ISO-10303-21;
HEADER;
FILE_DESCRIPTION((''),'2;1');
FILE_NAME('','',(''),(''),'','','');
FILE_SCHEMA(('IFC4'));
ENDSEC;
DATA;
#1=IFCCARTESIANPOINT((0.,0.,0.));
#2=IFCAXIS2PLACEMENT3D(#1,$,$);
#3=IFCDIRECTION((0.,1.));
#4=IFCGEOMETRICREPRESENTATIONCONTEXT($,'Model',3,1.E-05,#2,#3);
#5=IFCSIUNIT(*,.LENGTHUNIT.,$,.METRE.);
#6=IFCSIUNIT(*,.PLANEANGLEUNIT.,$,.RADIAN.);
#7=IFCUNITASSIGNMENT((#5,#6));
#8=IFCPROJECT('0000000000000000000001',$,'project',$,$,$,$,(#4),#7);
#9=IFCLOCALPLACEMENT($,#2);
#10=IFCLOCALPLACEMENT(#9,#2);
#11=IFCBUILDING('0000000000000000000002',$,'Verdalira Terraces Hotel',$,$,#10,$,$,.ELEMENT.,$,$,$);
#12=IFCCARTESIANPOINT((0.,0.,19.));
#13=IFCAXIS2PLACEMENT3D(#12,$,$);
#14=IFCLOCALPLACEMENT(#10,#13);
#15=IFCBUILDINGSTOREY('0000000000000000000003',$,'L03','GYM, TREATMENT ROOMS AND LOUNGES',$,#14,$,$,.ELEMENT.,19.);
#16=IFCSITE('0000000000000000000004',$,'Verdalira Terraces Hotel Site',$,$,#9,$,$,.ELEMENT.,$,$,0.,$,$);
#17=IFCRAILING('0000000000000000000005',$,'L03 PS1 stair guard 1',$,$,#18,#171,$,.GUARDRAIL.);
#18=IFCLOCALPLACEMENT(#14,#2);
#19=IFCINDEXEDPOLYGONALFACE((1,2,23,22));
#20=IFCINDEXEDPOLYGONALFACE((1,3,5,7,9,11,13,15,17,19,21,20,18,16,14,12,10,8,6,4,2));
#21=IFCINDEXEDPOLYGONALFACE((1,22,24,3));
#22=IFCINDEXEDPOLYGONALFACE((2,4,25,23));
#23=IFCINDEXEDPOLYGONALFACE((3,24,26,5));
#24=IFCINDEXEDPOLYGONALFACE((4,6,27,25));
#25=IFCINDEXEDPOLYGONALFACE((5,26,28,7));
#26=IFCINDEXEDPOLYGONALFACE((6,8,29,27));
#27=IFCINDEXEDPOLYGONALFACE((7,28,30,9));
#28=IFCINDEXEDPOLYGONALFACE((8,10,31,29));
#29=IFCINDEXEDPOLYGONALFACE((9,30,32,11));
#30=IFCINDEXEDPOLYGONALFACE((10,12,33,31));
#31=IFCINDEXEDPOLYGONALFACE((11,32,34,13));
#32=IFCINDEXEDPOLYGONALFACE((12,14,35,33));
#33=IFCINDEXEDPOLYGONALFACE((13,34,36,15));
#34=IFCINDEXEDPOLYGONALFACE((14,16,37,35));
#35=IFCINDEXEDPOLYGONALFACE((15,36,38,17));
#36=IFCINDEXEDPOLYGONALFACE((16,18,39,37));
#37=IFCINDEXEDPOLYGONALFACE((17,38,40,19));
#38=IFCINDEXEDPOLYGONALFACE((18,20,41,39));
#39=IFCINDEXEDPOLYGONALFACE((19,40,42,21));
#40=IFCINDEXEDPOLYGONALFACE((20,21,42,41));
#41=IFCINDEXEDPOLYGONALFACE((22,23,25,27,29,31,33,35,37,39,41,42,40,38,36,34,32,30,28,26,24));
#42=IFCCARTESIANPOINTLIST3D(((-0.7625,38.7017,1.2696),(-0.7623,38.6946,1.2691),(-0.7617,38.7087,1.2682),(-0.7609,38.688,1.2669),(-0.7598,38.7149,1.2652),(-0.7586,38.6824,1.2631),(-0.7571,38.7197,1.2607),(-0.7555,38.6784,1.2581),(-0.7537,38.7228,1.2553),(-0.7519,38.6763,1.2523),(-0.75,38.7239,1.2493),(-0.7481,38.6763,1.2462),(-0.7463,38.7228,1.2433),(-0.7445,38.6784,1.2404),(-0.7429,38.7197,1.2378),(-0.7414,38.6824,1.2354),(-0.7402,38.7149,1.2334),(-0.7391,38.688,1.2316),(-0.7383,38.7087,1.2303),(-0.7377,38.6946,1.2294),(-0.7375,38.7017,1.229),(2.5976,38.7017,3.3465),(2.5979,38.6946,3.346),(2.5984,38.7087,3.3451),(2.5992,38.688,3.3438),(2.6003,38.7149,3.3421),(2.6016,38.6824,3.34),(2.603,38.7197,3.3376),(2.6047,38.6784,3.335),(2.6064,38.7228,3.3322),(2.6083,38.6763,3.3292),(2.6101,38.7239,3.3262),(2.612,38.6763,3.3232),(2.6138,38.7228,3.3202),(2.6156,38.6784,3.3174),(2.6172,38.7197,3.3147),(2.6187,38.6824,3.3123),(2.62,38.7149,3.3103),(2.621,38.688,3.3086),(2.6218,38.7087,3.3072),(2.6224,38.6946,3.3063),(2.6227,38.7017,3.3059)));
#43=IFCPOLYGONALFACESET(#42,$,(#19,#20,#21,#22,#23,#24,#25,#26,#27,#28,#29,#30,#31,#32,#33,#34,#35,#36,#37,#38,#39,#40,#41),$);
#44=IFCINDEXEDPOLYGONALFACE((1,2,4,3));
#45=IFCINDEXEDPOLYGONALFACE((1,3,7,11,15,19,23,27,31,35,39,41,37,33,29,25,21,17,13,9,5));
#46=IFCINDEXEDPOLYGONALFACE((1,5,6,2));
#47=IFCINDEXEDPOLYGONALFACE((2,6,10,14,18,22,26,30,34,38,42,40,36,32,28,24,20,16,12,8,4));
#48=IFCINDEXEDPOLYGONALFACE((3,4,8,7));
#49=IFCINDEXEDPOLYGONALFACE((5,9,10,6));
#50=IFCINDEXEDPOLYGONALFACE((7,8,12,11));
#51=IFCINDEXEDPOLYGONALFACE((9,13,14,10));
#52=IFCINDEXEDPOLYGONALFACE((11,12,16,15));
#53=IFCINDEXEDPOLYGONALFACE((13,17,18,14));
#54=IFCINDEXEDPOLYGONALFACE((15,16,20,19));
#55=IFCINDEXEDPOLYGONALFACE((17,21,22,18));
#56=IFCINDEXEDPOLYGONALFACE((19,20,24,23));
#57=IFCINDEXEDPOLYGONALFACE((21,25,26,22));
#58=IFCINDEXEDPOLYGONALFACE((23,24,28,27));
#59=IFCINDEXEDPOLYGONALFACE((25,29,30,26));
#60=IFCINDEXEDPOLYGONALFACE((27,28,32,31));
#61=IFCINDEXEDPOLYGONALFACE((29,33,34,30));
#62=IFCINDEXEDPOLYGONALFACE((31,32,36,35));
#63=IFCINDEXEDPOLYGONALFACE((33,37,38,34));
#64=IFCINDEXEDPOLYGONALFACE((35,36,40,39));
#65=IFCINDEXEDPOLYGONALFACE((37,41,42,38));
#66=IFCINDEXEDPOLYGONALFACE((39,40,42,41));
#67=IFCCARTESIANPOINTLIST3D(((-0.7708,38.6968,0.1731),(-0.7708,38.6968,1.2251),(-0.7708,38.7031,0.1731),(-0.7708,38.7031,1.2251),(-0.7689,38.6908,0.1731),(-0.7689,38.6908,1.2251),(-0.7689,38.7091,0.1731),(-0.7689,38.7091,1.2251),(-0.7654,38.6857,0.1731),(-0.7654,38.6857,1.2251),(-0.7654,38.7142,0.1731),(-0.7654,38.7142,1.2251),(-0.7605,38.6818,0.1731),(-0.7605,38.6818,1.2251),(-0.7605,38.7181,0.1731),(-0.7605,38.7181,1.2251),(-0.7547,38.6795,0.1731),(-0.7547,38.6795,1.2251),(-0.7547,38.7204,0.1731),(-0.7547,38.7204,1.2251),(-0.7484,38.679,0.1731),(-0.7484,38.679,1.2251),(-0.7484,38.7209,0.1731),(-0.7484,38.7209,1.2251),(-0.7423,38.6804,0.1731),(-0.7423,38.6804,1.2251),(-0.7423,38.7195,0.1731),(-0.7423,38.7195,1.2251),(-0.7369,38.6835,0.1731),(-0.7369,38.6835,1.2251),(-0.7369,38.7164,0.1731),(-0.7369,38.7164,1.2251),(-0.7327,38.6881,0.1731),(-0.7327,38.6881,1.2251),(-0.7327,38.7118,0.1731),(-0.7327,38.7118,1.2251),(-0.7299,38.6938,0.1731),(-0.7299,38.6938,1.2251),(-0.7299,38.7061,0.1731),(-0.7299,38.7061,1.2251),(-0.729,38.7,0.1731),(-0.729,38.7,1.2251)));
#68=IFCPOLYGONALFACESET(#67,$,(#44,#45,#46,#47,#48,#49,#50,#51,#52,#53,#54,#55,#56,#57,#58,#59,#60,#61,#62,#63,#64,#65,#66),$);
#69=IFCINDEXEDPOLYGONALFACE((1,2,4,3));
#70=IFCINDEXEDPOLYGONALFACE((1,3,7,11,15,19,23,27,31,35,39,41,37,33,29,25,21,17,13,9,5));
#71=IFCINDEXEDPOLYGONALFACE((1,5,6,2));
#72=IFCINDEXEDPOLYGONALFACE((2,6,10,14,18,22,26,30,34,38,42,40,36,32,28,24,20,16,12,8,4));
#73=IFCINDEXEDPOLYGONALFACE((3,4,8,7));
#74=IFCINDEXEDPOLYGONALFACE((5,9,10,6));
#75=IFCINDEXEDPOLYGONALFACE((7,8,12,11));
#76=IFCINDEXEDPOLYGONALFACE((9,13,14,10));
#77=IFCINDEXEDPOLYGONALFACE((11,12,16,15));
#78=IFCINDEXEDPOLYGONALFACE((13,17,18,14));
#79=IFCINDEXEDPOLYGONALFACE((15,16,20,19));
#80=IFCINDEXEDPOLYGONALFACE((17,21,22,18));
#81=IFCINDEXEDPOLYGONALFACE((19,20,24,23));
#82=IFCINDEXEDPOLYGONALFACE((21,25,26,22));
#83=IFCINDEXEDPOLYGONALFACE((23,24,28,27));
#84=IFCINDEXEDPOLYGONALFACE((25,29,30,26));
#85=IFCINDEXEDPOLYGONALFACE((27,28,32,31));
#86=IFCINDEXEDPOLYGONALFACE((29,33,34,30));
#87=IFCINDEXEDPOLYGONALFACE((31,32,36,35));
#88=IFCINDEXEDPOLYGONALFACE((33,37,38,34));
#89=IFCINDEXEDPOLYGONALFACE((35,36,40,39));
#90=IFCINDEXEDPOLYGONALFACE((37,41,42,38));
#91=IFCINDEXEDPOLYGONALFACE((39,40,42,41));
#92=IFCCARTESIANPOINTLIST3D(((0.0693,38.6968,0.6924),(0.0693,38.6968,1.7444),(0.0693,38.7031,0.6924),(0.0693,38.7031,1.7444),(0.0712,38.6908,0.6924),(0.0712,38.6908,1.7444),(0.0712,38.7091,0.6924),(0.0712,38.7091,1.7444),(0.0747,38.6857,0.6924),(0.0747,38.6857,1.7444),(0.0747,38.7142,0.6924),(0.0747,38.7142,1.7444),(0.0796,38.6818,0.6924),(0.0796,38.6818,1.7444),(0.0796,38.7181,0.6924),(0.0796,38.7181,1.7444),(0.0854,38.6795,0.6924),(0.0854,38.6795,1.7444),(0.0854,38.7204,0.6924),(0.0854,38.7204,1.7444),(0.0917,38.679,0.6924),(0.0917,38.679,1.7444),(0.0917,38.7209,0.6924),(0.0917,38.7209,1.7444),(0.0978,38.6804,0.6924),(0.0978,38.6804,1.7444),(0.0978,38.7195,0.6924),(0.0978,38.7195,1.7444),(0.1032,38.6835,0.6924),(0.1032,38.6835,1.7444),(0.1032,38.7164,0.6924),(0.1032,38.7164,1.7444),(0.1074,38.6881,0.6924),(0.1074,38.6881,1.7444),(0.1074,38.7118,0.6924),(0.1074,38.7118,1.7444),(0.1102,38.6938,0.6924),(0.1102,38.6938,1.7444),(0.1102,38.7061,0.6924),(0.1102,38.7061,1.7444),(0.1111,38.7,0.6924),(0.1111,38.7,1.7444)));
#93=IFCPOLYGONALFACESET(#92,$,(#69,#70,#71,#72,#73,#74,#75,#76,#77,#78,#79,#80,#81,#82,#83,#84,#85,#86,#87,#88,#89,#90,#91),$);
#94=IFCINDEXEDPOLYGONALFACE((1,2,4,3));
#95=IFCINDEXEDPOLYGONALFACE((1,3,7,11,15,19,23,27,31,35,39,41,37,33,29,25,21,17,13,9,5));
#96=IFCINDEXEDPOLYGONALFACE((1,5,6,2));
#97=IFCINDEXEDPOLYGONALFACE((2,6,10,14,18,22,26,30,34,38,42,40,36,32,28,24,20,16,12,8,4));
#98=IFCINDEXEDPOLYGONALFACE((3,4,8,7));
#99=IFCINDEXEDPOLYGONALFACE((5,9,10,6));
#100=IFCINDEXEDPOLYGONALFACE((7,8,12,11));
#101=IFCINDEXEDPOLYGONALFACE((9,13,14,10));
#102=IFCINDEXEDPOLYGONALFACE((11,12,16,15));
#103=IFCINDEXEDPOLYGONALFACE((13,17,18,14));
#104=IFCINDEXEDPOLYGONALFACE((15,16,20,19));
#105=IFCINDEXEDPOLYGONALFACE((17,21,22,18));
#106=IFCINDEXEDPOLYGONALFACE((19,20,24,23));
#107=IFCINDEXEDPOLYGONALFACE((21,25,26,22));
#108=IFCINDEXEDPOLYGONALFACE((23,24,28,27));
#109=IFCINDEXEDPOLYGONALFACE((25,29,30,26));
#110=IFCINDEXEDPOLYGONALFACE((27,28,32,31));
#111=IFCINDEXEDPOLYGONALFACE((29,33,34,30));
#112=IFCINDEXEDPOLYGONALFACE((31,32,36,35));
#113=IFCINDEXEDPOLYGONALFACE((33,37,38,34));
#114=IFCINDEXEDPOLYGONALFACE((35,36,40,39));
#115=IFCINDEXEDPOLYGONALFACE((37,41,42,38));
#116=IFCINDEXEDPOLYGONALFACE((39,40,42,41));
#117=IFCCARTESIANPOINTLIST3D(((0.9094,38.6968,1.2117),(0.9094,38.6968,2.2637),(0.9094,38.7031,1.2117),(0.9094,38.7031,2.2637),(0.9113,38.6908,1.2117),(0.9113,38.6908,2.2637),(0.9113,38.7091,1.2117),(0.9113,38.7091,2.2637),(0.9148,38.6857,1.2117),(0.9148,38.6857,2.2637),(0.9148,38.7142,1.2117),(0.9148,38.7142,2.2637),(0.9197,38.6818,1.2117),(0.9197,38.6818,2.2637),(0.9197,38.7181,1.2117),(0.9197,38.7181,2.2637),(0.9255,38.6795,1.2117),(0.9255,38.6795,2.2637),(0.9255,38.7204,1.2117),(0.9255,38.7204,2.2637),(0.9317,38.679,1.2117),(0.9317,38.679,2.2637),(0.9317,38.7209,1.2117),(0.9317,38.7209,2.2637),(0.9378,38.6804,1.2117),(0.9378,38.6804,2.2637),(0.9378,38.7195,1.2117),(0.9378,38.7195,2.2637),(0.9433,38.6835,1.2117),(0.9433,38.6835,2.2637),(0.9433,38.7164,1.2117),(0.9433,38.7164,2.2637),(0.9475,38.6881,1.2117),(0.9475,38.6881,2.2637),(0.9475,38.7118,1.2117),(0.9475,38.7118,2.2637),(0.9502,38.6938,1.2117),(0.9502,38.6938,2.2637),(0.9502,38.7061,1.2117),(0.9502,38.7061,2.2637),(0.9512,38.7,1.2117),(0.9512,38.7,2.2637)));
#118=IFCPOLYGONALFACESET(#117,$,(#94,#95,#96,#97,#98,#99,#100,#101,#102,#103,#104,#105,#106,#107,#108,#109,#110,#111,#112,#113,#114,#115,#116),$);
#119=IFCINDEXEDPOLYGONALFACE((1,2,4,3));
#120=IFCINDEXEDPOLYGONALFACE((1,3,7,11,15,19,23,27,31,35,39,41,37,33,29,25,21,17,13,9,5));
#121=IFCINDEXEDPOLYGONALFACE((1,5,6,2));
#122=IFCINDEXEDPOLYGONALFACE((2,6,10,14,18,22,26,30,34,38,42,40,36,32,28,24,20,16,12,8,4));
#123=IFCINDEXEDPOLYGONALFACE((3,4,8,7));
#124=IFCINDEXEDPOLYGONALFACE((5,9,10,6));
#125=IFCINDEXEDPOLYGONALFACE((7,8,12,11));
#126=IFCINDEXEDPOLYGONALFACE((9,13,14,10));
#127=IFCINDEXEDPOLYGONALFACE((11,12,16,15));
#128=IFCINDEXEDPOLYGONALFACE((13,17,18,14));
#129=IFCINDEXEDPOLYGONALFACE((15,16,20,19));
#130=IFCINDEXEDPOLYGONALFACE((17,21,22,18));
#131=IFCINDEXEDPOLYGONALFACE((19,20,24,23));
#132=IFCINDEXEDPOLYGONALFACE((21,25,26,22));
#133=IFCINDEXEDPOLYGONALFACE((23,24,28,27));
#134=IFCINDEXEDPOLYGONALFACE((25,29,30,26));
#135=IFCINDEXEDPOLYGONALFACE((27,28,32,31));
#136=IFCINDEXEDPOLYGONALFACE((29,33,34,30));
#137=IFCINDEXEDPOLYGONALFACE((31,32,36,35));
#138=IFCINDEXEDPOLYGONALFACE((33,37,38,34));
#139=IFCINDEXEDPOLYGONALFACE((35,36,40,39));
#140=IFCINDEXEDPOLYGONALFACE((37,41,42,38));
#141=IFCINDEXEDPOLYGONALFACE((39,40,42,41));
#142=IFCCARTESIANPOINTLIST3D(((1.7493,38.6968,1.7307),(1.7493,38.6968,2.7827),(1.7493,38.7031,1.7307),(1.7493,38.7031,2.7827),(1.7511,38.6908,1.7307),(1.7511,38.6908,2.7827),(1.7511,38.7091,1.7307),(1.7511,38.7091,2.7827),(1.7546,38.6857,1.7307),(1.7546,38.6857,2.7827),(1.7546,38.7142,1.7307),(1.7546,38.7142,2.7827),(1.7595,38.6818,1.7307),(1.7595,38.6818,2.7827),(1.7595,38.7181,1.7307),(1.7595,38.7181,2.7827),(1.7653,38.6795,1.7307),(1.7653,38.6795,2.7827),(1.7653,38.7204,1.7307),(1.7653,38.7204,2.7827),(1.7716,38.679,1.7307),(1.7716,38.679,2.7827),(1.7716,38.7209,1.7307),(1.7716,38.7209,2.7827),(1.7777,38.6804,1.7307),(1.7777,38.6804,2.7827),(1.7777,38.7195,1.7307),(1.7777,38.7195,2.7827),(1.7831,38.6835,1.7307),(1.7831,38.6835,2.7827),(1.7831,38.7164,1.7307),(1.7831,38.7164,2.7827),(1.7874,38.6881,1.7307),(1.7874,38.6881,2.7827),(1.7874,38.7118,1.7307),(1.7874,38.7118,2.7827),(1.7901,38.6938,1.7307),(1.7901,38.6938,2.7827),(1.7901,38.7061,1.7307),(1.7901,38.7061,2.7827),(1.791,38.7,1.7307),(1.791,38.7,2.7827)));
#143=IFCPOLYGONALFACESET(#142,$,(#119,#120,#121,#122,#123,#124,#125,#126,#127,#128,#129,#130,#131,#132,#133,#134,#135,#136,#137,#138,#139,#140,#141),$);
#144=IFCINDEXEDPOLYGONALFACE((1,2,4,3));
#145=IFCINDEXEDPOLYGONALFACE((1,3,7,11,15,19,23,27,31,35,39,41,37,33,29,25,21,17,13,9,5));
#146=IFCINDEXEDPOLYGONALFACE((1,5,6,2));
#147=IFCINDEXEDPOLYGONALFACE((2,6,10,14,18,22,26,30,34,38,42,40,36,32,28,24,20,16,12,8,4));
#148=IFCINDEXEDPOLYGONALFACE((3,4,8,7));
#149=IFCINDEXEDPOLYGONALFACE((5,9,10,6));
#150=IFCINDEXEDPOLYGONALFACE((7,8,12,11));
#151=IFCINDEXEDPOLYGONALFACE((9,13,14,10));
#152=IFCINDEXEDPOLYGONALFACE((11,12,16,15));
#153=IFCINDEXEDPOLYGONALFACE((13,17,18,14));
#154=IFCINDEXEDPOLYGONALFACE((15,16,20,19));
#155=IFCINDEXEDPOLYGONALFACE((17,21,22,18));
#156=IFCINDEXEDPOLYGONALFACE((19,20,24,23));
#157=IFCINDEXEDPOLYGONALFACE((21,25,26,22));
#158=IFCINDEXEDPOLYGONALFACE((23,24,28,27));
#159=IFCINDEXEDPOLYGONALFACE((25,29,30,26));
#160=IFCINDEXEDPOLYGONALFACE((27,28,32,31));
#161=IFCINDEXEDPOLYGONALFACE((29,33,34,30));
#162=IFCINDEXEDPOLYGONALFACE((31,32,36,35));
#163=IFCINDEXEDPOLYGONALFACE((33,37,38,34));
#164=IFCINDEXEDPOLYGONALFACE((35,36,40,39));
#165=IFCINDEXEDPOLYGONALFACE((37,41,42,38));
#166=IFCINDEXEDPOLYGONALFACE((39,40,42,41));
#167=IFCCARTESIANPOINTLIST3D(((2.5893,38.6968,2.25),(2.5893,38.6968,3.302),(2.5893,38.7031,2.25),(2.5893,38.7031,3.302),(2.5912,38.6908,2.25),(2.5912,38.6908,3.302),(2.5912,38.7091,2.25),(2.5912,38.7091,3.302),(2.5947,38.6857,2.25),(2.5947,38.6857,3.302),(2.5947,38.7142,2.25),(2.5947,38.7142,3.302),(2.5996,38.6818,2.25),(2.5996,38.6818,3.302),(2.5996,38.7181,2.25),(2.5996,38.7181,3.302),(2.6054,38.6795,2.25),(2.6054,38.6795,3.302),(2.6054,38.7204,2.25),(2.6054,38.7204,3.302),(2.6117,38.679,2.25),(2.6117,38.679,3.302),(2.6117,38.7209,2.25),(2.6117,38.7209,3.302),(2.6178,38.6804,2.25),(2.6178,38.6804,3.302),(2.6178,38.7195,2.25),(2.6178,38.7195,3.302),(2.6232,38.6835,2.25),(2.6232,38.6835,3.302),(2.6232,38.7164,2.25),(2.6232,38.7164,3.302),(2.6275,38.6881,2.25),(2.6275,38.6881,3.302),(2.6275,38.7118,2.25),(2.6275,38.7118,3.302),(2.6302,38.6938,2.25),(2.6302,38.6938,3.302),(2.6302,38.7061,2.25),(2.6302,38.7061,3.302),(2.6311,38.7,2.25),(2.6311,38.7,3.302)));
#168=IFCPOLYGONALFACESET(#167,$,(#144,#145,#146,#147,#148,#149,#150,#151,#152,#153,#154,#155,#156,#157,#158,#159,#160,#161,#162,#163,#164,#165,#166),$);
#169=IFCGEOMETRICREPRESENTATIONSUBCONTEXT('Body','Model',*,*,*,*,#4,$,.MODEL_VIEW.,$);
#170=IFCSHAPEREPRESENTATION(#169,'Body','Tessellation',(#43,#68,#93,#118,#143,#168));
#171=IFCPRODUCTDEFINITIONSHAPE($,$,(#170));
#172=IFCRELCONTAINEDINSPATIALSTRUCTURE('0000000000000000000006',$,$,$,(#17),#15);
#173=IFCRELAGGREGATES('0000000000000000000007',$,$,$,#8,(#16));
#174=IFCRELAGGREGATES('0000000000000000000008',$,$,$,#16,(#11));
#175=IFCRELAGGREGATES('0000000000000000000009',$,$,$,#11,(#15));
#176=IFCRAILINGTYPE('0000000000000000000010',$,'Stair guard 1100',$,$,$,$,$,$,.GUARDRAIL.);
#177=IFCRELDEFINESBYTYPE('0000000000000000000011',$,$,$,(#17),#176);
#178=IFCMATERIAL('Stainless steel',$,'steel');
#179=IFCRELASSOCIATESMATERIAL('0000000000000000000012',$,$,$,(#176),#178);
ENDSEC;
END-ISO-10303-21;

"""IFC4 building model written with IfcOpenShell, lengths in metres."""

from ifc_helpers import new_model, si_unit, direction, frame, origin, origin_2d, place, context, subcontext, project, spatial, circle, extrude, material, type_object, element, save


model = new_model("IFC4")

# Units and contexts
model_context = context("Model", 3, precision=1e-05, world=origin(), true_north=direction((0.0, 1.0)))
body_context = subcontext(model_context, "Body", "Model", "MODEL_VIEW")
ifc_project = project(units=[si_unit("LENGTHUNIT", "METRE"), si_unit("PLANEANGLEUNIT", "RADIAN")], contexts=[model_context])

# Site, building, storey
site_placement = place(None, origin())
site = spatial("IfcSite", under=ifc_project, at=site_placement, Name="Verdalira Terraces Hotel Site", CompositionType="ELEMENT", RefElevation=0.0)
building_placement = place(site_placement, origin())
building = spatial("IfcBuilding", under=site, at=building_placement, Name="Verdalira Terraces Hotel", CompositionType="ELEMENT")
storey_placement = place(building_placement, frame((0.0, 0.0, 19.0)))
storey = spatial("IfcBuildingStorey", under=building, at=storey_placement, Name="L03", Description="GYM, TREATMENT ROOMS AND LOUNGES", CompositionType="ELEMENT", Elevation=19.0)

# Railing
ifc_material_1 = material(Name="Stainless steel", Category="steel")
railing_type_1 = type_object("IfcRailingType", Name="Stair guard 1100", PredefinedType="GUARDRAIL", material=ifc_material_1)
railing_1_placement = place(storey_placement, frame((-0.75, 38.7, 0.1731)))
element("IfcRailing", 1, at=railing_1_placement, inside=storey, type_object=railing_type_1, Name="L03 PS1 stair guard 1", PredefinedType="GUARDRAIL", context=body_context, shape_type="SweptSolid", body=[
    extrude(circle(Radius=0.0239, at=origin_2d()), frame((0.0, 0.0, 1.0762), z_axis=(0.850623, 0.0, 0.525776), x_axis=(0.0, 1.0, 0.0)), (0.0, 0.0, 1.0), 3.9502),
    extrude(circle(Radius=0.021, at=origin_2d()), origin(), (0.0, 0.0, 1.0), 1.052),
    extrude(circle(Radius=0.021, at=origin_2d()), frame((0.8401, 0.0, 0.5193)), (0.0, 0.0, 1.0), 1.052),
    extrude(circle(Radius=0.021, at=origin_2d()), frame((1.6802, 0.0, 1.0386)), (0.0, 0.0, 1.0), 1.052),
    extrude(circle(Radius=0.021, at=origin_2d()), frame((2.52, 0.0, 1.5576)), (0.0, 0.0, 1.0), 1.052),
    extrude(circle(Radius=0.021, at=origin_2d()), frame((3.3601, 0.0, 2.0769)), (0.0, 0.0, 1.0), 1.052),
])

save(model, "model.ifc")
